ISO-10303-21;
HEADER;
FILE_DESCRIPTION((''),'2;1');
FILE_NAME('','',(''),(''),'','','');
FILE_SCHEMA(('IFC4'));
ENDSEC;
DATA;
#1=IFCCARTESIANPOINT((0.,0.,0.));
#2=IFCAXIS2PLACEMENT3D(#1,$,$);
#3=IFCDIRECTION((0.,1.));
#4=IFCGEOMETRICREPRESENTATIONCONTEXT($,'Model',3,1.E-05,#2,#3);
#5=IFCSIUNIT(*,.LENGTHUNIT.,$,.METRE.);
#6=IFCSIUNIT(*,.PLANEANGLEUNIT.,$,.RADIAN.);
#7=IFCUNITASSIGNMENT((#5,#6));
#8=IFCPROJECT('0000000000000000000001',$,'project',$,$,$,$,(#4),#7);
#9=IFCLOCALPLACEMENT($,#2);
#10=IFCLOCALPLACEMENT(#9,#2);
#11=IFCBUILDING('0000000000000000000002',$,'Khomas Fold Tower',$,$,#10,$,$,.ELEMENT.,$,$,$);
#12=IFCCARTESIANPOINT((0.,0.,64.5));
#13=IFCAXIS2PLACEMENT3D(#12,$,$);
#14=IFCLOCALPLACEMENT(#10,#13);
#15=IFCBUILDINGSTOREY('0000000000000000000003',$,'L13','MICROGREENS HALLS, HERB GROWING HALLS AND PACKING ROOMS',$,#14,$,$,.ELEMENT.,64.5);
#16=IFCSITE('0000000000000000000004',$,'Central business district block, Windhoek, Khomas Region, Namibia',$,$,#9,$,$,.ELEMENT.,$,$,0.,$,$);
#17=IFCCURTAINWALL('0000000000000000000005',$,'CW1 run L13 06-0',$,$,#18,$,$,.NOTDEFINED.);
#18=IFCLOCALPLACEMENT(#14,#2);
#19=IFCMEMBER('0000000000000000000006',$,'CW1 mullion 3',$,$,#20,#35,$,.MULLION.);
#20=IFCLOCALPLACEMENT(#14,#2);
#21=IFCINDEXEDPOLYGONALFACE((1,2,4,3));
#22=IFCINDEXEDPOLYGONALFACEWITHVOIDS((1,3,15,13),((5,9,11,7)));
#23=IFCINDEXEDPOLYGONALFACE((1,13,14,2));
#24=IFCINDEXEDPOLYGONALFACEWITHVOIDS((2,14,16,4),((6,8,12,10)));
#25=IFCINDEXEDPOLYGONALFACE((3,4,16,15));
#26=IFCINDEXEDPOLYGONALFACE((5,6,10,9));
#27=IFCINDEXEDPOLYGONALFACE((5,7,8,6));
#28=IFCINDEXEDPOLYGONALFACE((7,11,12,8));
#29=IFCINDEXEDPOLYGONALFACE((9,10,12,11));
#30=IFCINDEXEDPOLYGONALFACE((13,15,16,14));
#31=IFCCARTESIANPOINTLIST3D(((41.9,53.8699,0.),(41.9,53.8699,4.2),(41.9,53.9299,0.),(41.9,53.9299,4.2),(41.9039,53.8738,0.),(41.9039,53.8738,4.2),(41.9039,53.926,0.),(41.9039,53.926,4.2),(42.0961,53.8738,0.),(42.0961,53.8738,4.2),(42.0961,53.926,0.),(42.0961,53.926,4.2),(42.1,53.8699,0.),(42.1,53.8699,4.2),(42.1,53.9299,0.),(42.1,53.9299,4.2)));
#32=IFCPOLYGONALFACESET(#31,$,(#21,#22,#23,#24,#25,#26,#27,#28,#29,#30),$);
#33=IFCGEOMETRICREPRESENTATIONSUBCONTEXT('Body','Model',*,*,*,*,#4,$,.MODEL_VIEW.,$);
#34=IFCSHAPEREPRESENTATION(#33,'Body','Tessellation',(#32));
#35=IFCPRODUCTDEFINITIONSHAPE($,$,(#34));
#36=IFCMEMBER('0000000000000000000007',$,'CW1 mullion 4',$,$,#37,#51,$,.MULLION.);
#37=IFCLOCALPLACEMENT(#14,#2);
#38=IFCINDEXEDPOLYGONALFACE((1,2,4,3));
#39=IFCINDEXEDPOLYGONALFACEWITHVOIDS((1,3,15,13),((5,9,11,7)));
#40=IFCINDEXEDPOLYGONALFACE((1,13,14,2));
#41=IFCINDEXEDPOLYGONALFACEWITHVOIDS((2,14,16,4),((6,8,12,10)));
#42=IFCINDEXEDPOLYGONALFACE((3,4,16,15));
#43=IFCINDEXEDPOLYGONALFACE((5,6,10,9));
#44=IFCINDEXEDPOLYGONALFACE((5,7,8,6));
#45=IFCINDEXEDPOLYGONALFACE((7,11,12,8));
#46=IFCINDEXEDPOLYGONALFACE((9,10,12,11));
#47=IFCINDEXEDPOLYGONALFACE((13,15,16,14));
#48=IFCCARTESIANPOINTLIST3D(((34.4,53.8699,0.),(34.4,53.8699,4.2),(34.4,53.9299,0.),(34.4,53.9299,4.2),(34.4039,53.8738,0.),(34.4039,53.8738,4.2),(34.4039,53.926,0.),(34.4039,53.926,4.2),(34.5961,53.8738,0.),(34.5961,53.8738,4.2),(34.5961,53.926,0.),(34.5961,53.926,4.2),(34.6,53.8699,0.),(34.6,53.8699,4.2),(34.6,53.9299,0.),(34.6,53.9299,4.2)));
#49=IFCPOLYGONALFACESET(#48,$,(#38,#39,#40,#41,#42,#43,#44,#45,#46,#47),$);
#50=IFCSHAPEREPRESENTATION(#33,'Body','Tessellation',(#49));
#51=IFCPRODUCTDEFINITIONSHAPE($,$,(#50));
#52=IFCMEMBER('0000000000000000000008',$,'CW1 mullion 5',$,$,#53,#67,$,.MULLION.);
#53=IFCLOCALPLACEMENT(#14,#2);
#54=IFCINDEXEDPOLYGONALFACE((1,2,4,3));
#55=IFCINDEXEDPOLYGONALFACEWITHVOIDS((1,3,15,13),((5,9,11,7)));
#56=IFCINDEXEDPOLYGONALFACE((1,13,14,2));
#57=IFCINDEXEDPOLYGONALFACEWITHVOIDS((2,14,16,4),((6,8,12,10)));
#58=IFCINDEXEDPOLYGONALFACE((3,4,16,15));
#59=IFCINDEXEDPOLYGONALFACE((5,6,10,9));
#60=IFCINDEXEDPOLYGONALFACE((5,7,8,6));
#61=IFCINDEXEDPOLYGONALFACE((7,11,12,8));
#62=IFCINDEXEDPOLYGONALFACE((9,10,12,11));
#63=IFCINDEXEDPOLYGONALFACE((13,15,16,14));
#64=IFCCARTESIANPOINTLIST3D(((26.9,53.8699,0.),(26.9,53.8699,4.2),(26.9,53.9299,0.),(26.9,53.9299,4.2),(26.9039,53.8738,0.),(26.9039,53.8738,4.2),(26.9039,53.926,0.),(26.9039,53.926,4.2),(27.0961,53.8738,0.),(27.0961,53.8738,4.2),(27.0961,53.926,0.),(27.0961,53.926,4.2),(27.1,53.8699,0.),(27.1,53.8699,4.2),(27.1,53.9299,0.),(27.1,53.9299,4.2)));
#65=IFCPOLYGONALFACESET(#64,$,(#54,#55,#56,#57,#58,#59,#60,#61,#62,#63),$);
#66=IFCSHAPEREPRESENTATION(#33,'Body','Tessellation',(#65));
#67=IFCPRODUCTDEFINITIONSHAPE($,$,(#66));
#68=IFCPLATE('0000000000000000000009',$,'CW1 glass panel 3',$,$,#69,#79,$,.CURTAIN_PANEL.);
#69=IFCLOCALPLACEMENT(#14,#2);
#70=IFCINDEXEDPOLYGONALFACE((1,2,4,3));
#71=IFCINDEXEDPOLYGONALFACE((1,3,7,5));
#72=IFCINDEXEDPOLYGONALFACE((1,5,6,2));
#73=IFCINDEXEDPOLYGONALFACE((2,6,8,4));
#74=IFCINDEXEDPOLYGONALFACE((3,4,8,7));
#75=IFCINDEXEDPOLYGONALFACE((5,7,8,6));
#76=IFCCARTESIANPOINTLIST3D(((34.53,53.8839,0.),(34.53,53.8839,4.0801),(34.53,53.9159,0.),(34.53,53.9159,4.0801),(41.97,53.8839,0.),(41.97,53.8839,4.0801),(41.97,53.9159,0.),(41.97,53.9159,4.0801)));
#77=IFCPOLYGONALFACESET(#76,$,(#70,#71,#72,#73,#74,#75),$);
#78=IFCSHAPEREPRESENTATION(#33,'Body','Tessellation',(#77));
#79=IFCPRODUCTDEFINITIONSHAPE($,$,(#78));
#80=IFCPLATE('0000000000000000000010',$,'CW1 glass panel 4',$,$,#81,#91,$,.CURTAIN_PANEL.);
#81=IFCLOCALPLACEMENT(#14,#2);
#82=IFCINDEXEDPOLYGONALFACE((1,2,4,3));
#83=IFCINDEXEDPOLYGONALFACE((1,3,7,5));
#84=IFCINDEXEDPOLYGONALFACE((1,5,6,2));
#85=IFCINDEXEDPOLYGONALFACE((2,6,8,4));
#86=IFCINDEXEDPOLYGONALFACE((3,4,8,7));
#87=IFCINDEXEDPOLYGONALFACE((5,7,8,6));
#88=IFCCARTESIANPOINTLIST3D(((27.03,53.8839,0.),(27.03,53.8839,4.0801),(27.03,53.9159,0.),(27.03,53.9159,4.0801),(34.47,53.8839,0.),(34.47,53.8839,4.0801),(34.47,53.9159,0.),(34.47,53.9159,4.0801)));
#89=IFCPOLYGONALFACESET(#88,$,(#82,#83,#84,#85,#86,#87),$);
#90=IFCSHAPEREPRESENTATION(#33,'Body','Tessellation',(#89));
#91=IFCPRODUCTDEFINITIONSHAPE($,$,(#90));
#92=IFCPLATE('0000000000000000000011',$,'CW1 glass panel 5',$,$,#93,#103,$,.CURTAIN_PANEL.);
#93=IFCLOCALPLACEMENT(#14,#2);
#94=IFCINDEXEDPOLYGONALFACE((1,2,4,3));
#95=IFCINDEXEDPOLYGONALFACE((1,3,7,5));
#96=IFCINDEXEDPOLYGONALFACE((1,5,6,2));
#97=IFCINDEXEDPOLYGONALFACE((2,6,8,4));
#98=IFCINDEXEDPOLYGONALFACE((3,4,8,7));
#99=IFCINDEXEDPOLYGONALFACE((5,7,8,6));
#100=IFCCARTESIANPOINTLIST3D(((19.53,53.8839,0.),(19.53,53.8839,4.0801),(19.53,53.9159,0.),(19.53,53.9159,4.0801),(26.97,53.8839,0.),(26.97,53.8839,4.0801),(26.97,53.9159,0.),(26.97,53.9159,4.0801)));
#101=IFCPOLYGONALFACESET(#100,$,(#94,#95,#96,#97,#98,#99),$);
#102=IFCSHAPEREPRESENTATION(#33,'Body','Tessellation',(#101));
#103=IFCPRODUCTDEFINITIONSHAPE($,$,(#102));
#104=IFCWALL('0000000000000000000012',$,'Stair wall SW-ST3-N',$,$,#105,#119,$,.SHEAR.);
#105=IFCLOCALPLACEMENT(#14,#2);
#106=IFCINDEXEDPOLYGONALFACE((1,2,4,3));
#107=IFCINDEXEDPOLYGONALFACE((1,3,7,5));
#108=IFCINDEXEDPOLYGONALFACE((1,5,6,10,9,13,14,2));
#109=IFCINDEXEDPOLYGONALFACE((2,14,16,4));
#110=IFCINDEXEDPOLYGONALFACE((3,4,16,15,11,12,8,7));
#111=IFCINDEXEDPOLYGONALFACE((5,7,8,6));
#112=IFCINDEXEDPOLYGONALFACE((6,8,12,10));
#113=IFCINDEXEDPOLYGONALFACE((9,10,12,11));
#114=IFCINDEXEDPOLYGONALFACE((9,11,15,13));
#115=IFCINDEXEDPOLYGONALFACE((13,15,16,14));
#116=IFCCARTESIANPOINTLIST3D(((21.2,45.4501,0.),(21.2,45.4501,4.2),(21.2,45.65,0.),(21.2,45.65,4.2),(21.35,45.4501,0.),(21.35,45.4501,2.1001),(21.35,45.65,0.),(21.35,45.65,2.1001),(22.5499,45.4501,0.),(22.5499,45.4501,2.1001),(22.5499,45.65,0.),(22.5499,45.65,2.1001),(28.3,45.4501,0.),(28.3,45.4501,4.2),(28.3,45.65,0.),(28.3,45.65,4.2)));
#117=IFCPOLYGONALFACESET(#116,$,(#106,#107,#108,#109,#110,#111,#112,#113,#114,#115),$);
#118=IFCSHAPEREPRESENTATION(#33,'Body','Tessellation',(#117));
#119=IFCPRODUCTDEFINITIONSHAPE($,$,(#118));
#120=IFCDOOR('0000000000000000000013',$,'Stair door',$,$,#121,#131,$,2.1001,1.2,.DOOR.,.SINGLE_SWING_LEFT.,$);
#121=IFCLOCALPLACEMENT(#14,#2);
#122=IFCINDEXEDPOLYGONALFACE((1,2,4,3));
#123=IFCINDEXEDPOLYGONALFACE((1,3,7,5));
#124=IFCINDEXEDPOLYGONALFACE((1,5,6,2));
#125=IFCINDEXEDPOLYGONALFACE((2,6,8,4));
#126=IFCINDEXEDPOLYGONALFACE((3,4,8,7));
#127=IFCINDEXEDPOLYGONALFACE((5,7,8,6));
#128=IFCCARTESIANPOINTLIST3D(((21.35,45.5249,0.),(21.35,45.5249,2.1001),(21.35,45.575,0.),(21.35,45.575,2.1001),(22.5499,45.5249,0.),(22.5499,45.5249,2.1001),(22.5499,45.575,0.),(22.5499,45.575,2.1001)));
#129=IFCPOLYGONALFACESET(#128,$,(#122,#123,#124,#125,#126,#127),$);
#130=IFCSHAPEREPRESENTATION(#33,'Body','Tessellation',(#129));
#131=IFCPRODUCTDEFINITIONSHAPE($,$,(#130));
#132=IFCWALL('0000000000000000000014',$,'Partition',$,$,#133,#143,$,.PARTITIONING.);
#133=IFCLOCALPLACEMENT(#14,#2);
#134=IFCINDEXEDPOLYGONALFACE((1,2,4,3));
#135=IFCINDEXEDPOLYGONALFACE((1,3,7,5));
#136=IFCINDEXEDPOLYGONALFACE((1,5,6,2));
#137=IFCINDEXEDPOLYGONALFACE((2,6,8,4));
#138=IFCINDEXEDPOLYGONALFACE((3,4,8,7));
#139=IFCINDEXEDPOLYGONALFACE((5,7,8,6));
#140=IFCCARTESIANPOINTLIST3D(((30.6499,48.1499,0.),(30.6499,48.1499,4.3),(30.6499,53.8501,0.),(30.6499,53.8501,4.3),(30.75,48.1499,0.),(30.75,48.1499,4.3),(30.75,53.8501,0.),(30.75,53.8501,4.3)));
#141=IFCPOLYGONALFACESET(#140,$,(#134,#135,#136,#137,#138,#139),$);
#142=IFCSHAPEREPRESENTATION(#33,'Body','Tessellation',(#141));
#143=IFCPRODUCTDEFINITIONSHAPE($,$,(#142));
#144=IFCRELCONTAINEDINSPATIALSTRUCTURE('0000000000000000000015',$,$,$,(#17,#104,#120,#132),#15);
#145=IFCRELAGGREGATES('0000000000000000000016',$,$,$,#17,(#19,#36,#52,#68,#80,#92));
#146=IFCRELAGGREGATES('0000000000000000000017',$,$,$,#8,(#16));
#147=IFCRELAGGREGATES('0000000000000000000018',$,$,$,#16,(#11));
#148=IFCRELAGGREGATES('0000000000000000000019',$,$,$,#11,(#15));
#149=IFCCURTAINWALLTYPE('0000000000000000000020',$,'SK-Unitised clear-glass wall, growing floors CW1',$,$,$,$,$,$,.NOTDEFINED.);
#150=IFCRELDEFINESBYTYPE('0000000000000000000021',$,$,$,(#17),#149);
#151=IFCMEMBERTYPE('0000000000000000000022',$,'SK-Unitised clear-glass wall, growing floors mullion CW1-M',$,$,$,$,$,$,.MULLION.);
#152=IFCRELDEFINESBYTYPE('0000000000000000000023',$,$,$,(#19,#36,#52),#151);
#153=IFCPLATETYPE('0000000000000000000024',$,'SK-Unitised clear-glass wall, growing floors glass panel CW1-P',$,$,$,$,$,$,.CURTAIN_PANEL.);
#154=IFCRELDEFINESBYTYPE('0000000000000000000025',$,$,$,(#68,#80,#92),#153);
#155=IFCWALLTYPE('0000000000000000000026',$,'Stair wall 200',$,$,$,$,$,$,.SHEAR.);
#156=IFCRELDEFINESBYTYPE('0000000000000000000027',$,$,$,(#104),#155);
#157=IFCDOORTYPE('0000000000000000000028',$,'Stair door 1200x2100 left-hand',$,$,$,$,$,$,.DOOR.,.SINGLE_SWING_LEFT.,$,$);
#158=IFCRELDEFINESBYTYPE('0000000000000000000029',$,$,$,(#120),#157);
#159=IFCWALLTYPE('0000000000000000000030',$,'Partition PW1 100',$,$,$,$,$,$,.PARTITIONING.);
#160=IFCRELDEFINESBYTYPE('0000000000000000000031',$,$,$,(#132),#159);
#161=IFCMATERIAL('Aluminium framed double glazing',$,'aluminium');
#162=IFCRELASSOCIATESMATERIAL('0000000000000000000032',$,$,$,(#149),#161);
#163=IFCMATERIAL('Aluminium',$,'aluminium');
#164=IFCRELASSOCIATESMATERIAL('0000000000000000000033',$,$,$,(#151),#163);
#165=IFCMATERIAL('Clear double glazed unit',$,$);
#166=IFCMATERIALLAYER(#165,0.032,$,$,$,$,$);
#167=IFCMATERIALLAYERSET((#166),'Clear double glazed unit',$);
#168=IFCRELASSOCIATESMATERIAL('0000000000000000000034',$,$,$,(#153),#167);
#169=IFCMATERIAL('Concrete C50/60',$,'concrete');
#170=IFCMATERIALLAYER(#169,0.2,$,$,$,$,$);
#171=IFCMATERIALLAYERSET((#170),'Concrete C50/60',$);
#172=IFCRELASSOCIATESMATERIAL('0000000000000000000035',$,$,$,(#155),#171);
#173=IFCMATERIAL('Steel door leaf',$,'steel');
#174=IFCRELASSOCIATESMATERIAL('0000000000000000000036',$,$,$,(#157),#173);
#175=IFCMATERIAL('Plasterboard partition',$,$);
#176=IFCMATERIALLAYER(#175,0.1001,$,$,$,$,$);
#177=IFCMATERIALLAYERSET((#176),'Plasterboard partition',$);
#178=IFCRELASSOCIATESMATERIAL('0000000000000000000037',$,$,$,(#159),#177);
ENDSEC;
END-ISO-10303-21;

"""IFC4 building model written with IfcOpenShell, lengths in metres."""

from ifc_helpers import new_model, si_unit, direction, frame, frame_2d, origin, origin_2d, place, context, subcontext, project, spatial, rectangle, hollow_rectangle, extrude, source, transform, mapped, material, layer, layer_set, material_profile, profile_set, type_object, element, fill, aggregate, save


model = new_model("IFC4")

# Units and contexts
model_context = context("Model", 3, precision=1e-05, world=origin(), true_north=direction((0.0, 1.0)))
body_context = subcontext(model_context, "Body", "Model", "MODEL_VIEW")
ifc_project = project(units=[si_unit("LENGTHUNIT", "METRE"), si_unit("PLANEANGLEUNIT", "RADIAN")], contexts=[model_context])

# Site, building, storey
site_placement = place(None, origin())
site = spatial("IfcSite", under=ifc_project, at=site_placement, Name="Central business district block, Windhoek, Khomas Region, Namibia", CompositionType="ELEMENT", RefElevation=0.0)
building_placement = place(site_placement, origin())
building = spatial("IfcBuilding", under=site, at=building_placement, Name="Khomas Fold Tower", CompositionType="ELEMENT")
storey_placement = place(building_placement, frame((0.0, 0.0, 64.5)))
storey = spatial("IfcBuildingStorey", under=building, at=storey_placement, Name="L13", Description="MICROGREENS HALLS, HERB GROWING HALLS AND PACKING ROOMS", CompositionType="ELEMENT", Elevation=64.5)

# Curtain wall, members, plates
ifc_material_1 = material(Name="Aluminium framed double glazing", Category="aluminium")
curtain_wall_type = type_object("IfcCurtainWallType", Name="SK-Unitised clear-glass wall, growing floors CW1", PredefinedType="NOTDEFINED", material=ifc_material_1)
curtain_wall_placement = place(storey_placement, origin())
curtain_wall = element("IfcCurtainWall", 1, at=curtain_wall_placement, inside=storey, type_object=curtain_wall_type, Name="CW1 run L13 06-0", PredefinedType="NOTDEFINED")
ifc_material_2 = material(Name="Aluminium", Category="aluminium")
ifc_material_profile_1 = material_profile(ifc_material_2, hollow_rectangle(XDim=0.0601, YDim=0.2, WallThickness=0.0039, at=origin_2d()), Name="SK-Unitised clear-glass wall, growing floors mullion CW1-M")
ifc_profile_set_1 = profile_set([ifc_material_profile_1], Name="Aluminium")
member_type_1 = type_object("IfcMemberType", Name="SK-Unitised clear-glass wall, growing floors mullion CW1-M", PredefinedType="MULLION", material=ifc_profile_set_1)
shared_shape_1 = source(origin(), body_context, "Body", "SweptSolid", [
    extrude(hollow_rectangle(XDim=0.0601, YDim=0.2, WallThickness=0.0039, at=origin_2d()), origin(), (0.0, 0.0, 1.0), 4.2),
])
member_1_placement = place(storey_placement, frame((42.0, 53.8999, 0.0), z_axis=(0.0, 0.0, 1.0), x_axis=(0.0, -1.0, 0.0)))
member_1 = element("IfcMember", 2, at=member_1_placement, type_object=member_type_1, Name="CW1 mullion 3", PredefinedType="MULLION", context=body_context, shape_type="MappedRepresentation", body=[
    mapped(shared_shape_1, transform((0.0, 0.0, 0.0))),
])
member_2_placement = place(storey_placement, frame((34.5, 53.8999, 0.0), z_axis=(0.0, 0.0, 1.0), x_axis=(0.0, -1.0, 0.0)))
member_2 = element("IfcMember", 3, at=member_2_placement, type_object=member_type_1, Name="CW1 mullion 4", PredefinedType="MULLION", context=body_context, shape_type="MappedRepresentation", body=[
    mapped(shared_shape_1, transform((0.0, 0.0, 0.0))),
])
member_3_placement = place(storey_placement, frame((27.0, 53.8999, 0.0), z_axis=(0.0, 0.0, 1.0), x_axis=(0.0, -1.0, 0.0)))
member_3 = element("IfcMember", 4, at=member_3_placement, type_object=member_type_1, Name="CW1 mullion 5", PredefinedType="MULLION", context=body_context, shape_type="MappedRepresentation", body=[
    mapped(shared_shape_1, transform((0.0, 0.0, 0.0))),
])
ifc_material_3 = material(Name="Clear double glazed unit")
ifc_layer_1 = layer(ifc_material_3, 0.032)
ifc_layer_set_1 = layer_set([ifc_layer_1], Name="Clear double glazed unit")
plate_type = type_object("IfcPlateType", Name="SK-Unitised clear-glass wall, growing floors glass panel CW1-P", PredefinedType="CURTAIN_PANEL", material=ifc_layer_set_1)
shared_shape_2 = source(origin(), body_context, "Body", "SweptSolid", [
    extrude(rectangle(XDim=7.4399, YDim=0.032, at=origin_2d()), origin(), (0.0, 0.0, 1.0), 4.0801),
])
plate_1_placement = place(storey_placement, frame((38.25, 53.8999, 0.0), z_axis=(0.0, 0.0, 1.0), x_axis=(-1.0, 0.0, 0.0)))
plate_1 = element("IfcPlate", 5, at=plate_1_placement, type_object=plate_type, Name="CW1 glass panel 3", PredefinedType="CURTAIN_PANEL", context=body_context, shape_type="MappedRepresentation", body=[
    mapped(shared_shape_2, transform((0.0, 0.0, 0.0))),
])
plate_2_placement = place(storey_placement, frame((30.75, 53.8999, 0.0), z_axis=(0.0, 0.0, 1.0), x_axis=(-1.0, 0.0, 0.0)))
plate_2 = element("IfcPlate", 6, at=plate_2_placement, type_object=plate_type, Name="CW1 glass panel 4", PredefinedType="CURTAIN_PANEL", context=body_context, shape_type="MappedRepresentation", body=[
    mapped(shared_shape_2, transform((0.0, 0.0, 0.0))),
])
plate_3_placement = place(storey_placement, frame((23.25, 53.8999, 0.0), z_axis=(0.0, 0.0, 1.0), x_axis=(-1.0, 0.0, 0.0)))
plate_3 = element("IfcPlate", 7, at=plate_3_placement, type_object=plate_type, Name="CW1 glass panel 5", PredefinedType="CURTAIN_PANEL", context=body_context, shape_type="MappedRepresentation", body=[
    mapped(shared_shape_2, transform((0.0, 0.0, 0.0))),
])
aggregate(curtain_wall, [member_1, member_2, member_3, plate_1, plate_2, plate_3])

# Wall, opening, door
ifc_material_4 = material(Name="Concrete C50/60", Category="concrete")
ifc_layer_2 = layer(ifc_material_4, 0.2)
ifc_layer_set_2 = layer_set([ifc_layer_2], Name="Concrete C50/60")
wall_type_1 = type_object("IfcWallType", Name="Stair wall 200", PredefinedType="SHEAR", material=ifc_layer_set_2)
shared_shape_3 = source(origin(), body_context, "Body", "SweptSolid", [
    extrude(rectangle(XDim=7.1001, YDim=0.2, at=frame_2d((3.55, 0.0))), origin(), (0.0, 0.0, 1.0), 4.2),
])
wall_1_placement = place(storey_placement, frame((21.2, 45.55, 0.0), z_axis=(0.0, 0.0, 1.0), x_axis=(1.0, 0.0, 0.0)))
wall_1 = element("IfcWall", 8, at=wall_1_placement, inside=storey, type_object=wall_type_1, Name="Stair wall SW-ST3-N", PredefinedType="SHEAR", context=body_context, shape_type="MappedRepresentation", body=[
    mapped(shared_shape_3, transform((0.0, 0.0, 0.0))),
])
shared_shape_4 = source(origin(), body_context, "Body", "SweptSolid", [
    extrude(rectangle(XDim=1.2, YDim=2.1001, at=frame_2d((0.6001, 1.05))), frame((0.0, 0.1099, 0.0), z_axis=(0.0, -1.0, 0.0), x_axis=(1.0, 0.0, 0.0)), (0.0, 0.0, 1.0), 0.22),
])
opening_placement = place(wall_1_placement, frame((0.1499, 0.0, 0.0)))
opening = element("IfcOpeningElement", 9, at=opening_placement, cuts=wall_1, PredefinedType="OPENING", context=body_context, shape_type="MappedRepresentation", body=[
    mapped(shared_shape_4, transform((0.0, 0.0, 0.0))),
])
ifc_material_5 = material(Name="Steel door leaf", Category="steel")
door_type = type_object("IfcDoorType", Name="Stair door 1200x2100 left-hand", OperationType="SINGLE_SWING_LEFT", PredefinedType="DOOR", material=ifc_material_5)
shared_shape_5 = source(origin(), body_context, "Body", "SweptSolid", [
    extrude(rectangle(XDim=1.2, YDim=2.1001, at=frame_2d((0.6001, 1.05))), frame((0.0, 0.0249, 0.0), z_axis=(0.0, -1.0, 0.0), x_axis=(1.0, 0.0, 0.0)), (0.0, 0.0, 1.0), 0.05),
])
door_placement = place(opening_placement, origin())
door = element("IfcDoor", 10, at=door_placement, inside=storey, type_object=door_type, Name="Stair door", OperationType="SINGLE_SWING_LEFT", OverallHeight=2.1001, OverallWidth=1.2, PredefinedType="DOOR", context=body_context, shape_type="MappedRepresentation", body=[
    mapped(shared_shape_5, transform((0.0, 0.0, 0.0))),
])
fill(opening, door)

# Wall
ifc_material_6 = material(Name="Plasterboard partition")
ifc_layer_3 = layer(ifc_material_6, 0.1001)
ifc_layer_set_3 = layer_set([ifc_layer_3], Name="Plasterboard partition")
wall_type_2 = type_object("IfcWallType", Name="Partition PW1 100", PredefinedType="PARTITIONING", material=ifc_layer_set_3)
shared_shape_6 = source(origin(), body_context, "Body", "SweptSolid", [
    extrude(rectangle(XDim=5.7002, YDim=0.1001, at=frame_2d((2.8501, 0.0))), origin(), (0.0, 0.0, 1.0), 4.3),
])
wall_2_placement = place(storey_placement, frame((30.7, 48.1499, 0.0), z_axis=(0.0, 0.0, 1.0), x_axis=(0.0, 1.0, 0.0)))
element("IfcWall", 11, at=wall_2_placement, inside=storey, type_object=wall_type_2, Name="Partition", PredefinedType="PARTITIONING", context=body_context, shape_type="MappedRepresentation", body=[
    mapped(shared_shape_6, transform((0.0, 0.0, 0.0))),
])

save(model, "model.ifc")
